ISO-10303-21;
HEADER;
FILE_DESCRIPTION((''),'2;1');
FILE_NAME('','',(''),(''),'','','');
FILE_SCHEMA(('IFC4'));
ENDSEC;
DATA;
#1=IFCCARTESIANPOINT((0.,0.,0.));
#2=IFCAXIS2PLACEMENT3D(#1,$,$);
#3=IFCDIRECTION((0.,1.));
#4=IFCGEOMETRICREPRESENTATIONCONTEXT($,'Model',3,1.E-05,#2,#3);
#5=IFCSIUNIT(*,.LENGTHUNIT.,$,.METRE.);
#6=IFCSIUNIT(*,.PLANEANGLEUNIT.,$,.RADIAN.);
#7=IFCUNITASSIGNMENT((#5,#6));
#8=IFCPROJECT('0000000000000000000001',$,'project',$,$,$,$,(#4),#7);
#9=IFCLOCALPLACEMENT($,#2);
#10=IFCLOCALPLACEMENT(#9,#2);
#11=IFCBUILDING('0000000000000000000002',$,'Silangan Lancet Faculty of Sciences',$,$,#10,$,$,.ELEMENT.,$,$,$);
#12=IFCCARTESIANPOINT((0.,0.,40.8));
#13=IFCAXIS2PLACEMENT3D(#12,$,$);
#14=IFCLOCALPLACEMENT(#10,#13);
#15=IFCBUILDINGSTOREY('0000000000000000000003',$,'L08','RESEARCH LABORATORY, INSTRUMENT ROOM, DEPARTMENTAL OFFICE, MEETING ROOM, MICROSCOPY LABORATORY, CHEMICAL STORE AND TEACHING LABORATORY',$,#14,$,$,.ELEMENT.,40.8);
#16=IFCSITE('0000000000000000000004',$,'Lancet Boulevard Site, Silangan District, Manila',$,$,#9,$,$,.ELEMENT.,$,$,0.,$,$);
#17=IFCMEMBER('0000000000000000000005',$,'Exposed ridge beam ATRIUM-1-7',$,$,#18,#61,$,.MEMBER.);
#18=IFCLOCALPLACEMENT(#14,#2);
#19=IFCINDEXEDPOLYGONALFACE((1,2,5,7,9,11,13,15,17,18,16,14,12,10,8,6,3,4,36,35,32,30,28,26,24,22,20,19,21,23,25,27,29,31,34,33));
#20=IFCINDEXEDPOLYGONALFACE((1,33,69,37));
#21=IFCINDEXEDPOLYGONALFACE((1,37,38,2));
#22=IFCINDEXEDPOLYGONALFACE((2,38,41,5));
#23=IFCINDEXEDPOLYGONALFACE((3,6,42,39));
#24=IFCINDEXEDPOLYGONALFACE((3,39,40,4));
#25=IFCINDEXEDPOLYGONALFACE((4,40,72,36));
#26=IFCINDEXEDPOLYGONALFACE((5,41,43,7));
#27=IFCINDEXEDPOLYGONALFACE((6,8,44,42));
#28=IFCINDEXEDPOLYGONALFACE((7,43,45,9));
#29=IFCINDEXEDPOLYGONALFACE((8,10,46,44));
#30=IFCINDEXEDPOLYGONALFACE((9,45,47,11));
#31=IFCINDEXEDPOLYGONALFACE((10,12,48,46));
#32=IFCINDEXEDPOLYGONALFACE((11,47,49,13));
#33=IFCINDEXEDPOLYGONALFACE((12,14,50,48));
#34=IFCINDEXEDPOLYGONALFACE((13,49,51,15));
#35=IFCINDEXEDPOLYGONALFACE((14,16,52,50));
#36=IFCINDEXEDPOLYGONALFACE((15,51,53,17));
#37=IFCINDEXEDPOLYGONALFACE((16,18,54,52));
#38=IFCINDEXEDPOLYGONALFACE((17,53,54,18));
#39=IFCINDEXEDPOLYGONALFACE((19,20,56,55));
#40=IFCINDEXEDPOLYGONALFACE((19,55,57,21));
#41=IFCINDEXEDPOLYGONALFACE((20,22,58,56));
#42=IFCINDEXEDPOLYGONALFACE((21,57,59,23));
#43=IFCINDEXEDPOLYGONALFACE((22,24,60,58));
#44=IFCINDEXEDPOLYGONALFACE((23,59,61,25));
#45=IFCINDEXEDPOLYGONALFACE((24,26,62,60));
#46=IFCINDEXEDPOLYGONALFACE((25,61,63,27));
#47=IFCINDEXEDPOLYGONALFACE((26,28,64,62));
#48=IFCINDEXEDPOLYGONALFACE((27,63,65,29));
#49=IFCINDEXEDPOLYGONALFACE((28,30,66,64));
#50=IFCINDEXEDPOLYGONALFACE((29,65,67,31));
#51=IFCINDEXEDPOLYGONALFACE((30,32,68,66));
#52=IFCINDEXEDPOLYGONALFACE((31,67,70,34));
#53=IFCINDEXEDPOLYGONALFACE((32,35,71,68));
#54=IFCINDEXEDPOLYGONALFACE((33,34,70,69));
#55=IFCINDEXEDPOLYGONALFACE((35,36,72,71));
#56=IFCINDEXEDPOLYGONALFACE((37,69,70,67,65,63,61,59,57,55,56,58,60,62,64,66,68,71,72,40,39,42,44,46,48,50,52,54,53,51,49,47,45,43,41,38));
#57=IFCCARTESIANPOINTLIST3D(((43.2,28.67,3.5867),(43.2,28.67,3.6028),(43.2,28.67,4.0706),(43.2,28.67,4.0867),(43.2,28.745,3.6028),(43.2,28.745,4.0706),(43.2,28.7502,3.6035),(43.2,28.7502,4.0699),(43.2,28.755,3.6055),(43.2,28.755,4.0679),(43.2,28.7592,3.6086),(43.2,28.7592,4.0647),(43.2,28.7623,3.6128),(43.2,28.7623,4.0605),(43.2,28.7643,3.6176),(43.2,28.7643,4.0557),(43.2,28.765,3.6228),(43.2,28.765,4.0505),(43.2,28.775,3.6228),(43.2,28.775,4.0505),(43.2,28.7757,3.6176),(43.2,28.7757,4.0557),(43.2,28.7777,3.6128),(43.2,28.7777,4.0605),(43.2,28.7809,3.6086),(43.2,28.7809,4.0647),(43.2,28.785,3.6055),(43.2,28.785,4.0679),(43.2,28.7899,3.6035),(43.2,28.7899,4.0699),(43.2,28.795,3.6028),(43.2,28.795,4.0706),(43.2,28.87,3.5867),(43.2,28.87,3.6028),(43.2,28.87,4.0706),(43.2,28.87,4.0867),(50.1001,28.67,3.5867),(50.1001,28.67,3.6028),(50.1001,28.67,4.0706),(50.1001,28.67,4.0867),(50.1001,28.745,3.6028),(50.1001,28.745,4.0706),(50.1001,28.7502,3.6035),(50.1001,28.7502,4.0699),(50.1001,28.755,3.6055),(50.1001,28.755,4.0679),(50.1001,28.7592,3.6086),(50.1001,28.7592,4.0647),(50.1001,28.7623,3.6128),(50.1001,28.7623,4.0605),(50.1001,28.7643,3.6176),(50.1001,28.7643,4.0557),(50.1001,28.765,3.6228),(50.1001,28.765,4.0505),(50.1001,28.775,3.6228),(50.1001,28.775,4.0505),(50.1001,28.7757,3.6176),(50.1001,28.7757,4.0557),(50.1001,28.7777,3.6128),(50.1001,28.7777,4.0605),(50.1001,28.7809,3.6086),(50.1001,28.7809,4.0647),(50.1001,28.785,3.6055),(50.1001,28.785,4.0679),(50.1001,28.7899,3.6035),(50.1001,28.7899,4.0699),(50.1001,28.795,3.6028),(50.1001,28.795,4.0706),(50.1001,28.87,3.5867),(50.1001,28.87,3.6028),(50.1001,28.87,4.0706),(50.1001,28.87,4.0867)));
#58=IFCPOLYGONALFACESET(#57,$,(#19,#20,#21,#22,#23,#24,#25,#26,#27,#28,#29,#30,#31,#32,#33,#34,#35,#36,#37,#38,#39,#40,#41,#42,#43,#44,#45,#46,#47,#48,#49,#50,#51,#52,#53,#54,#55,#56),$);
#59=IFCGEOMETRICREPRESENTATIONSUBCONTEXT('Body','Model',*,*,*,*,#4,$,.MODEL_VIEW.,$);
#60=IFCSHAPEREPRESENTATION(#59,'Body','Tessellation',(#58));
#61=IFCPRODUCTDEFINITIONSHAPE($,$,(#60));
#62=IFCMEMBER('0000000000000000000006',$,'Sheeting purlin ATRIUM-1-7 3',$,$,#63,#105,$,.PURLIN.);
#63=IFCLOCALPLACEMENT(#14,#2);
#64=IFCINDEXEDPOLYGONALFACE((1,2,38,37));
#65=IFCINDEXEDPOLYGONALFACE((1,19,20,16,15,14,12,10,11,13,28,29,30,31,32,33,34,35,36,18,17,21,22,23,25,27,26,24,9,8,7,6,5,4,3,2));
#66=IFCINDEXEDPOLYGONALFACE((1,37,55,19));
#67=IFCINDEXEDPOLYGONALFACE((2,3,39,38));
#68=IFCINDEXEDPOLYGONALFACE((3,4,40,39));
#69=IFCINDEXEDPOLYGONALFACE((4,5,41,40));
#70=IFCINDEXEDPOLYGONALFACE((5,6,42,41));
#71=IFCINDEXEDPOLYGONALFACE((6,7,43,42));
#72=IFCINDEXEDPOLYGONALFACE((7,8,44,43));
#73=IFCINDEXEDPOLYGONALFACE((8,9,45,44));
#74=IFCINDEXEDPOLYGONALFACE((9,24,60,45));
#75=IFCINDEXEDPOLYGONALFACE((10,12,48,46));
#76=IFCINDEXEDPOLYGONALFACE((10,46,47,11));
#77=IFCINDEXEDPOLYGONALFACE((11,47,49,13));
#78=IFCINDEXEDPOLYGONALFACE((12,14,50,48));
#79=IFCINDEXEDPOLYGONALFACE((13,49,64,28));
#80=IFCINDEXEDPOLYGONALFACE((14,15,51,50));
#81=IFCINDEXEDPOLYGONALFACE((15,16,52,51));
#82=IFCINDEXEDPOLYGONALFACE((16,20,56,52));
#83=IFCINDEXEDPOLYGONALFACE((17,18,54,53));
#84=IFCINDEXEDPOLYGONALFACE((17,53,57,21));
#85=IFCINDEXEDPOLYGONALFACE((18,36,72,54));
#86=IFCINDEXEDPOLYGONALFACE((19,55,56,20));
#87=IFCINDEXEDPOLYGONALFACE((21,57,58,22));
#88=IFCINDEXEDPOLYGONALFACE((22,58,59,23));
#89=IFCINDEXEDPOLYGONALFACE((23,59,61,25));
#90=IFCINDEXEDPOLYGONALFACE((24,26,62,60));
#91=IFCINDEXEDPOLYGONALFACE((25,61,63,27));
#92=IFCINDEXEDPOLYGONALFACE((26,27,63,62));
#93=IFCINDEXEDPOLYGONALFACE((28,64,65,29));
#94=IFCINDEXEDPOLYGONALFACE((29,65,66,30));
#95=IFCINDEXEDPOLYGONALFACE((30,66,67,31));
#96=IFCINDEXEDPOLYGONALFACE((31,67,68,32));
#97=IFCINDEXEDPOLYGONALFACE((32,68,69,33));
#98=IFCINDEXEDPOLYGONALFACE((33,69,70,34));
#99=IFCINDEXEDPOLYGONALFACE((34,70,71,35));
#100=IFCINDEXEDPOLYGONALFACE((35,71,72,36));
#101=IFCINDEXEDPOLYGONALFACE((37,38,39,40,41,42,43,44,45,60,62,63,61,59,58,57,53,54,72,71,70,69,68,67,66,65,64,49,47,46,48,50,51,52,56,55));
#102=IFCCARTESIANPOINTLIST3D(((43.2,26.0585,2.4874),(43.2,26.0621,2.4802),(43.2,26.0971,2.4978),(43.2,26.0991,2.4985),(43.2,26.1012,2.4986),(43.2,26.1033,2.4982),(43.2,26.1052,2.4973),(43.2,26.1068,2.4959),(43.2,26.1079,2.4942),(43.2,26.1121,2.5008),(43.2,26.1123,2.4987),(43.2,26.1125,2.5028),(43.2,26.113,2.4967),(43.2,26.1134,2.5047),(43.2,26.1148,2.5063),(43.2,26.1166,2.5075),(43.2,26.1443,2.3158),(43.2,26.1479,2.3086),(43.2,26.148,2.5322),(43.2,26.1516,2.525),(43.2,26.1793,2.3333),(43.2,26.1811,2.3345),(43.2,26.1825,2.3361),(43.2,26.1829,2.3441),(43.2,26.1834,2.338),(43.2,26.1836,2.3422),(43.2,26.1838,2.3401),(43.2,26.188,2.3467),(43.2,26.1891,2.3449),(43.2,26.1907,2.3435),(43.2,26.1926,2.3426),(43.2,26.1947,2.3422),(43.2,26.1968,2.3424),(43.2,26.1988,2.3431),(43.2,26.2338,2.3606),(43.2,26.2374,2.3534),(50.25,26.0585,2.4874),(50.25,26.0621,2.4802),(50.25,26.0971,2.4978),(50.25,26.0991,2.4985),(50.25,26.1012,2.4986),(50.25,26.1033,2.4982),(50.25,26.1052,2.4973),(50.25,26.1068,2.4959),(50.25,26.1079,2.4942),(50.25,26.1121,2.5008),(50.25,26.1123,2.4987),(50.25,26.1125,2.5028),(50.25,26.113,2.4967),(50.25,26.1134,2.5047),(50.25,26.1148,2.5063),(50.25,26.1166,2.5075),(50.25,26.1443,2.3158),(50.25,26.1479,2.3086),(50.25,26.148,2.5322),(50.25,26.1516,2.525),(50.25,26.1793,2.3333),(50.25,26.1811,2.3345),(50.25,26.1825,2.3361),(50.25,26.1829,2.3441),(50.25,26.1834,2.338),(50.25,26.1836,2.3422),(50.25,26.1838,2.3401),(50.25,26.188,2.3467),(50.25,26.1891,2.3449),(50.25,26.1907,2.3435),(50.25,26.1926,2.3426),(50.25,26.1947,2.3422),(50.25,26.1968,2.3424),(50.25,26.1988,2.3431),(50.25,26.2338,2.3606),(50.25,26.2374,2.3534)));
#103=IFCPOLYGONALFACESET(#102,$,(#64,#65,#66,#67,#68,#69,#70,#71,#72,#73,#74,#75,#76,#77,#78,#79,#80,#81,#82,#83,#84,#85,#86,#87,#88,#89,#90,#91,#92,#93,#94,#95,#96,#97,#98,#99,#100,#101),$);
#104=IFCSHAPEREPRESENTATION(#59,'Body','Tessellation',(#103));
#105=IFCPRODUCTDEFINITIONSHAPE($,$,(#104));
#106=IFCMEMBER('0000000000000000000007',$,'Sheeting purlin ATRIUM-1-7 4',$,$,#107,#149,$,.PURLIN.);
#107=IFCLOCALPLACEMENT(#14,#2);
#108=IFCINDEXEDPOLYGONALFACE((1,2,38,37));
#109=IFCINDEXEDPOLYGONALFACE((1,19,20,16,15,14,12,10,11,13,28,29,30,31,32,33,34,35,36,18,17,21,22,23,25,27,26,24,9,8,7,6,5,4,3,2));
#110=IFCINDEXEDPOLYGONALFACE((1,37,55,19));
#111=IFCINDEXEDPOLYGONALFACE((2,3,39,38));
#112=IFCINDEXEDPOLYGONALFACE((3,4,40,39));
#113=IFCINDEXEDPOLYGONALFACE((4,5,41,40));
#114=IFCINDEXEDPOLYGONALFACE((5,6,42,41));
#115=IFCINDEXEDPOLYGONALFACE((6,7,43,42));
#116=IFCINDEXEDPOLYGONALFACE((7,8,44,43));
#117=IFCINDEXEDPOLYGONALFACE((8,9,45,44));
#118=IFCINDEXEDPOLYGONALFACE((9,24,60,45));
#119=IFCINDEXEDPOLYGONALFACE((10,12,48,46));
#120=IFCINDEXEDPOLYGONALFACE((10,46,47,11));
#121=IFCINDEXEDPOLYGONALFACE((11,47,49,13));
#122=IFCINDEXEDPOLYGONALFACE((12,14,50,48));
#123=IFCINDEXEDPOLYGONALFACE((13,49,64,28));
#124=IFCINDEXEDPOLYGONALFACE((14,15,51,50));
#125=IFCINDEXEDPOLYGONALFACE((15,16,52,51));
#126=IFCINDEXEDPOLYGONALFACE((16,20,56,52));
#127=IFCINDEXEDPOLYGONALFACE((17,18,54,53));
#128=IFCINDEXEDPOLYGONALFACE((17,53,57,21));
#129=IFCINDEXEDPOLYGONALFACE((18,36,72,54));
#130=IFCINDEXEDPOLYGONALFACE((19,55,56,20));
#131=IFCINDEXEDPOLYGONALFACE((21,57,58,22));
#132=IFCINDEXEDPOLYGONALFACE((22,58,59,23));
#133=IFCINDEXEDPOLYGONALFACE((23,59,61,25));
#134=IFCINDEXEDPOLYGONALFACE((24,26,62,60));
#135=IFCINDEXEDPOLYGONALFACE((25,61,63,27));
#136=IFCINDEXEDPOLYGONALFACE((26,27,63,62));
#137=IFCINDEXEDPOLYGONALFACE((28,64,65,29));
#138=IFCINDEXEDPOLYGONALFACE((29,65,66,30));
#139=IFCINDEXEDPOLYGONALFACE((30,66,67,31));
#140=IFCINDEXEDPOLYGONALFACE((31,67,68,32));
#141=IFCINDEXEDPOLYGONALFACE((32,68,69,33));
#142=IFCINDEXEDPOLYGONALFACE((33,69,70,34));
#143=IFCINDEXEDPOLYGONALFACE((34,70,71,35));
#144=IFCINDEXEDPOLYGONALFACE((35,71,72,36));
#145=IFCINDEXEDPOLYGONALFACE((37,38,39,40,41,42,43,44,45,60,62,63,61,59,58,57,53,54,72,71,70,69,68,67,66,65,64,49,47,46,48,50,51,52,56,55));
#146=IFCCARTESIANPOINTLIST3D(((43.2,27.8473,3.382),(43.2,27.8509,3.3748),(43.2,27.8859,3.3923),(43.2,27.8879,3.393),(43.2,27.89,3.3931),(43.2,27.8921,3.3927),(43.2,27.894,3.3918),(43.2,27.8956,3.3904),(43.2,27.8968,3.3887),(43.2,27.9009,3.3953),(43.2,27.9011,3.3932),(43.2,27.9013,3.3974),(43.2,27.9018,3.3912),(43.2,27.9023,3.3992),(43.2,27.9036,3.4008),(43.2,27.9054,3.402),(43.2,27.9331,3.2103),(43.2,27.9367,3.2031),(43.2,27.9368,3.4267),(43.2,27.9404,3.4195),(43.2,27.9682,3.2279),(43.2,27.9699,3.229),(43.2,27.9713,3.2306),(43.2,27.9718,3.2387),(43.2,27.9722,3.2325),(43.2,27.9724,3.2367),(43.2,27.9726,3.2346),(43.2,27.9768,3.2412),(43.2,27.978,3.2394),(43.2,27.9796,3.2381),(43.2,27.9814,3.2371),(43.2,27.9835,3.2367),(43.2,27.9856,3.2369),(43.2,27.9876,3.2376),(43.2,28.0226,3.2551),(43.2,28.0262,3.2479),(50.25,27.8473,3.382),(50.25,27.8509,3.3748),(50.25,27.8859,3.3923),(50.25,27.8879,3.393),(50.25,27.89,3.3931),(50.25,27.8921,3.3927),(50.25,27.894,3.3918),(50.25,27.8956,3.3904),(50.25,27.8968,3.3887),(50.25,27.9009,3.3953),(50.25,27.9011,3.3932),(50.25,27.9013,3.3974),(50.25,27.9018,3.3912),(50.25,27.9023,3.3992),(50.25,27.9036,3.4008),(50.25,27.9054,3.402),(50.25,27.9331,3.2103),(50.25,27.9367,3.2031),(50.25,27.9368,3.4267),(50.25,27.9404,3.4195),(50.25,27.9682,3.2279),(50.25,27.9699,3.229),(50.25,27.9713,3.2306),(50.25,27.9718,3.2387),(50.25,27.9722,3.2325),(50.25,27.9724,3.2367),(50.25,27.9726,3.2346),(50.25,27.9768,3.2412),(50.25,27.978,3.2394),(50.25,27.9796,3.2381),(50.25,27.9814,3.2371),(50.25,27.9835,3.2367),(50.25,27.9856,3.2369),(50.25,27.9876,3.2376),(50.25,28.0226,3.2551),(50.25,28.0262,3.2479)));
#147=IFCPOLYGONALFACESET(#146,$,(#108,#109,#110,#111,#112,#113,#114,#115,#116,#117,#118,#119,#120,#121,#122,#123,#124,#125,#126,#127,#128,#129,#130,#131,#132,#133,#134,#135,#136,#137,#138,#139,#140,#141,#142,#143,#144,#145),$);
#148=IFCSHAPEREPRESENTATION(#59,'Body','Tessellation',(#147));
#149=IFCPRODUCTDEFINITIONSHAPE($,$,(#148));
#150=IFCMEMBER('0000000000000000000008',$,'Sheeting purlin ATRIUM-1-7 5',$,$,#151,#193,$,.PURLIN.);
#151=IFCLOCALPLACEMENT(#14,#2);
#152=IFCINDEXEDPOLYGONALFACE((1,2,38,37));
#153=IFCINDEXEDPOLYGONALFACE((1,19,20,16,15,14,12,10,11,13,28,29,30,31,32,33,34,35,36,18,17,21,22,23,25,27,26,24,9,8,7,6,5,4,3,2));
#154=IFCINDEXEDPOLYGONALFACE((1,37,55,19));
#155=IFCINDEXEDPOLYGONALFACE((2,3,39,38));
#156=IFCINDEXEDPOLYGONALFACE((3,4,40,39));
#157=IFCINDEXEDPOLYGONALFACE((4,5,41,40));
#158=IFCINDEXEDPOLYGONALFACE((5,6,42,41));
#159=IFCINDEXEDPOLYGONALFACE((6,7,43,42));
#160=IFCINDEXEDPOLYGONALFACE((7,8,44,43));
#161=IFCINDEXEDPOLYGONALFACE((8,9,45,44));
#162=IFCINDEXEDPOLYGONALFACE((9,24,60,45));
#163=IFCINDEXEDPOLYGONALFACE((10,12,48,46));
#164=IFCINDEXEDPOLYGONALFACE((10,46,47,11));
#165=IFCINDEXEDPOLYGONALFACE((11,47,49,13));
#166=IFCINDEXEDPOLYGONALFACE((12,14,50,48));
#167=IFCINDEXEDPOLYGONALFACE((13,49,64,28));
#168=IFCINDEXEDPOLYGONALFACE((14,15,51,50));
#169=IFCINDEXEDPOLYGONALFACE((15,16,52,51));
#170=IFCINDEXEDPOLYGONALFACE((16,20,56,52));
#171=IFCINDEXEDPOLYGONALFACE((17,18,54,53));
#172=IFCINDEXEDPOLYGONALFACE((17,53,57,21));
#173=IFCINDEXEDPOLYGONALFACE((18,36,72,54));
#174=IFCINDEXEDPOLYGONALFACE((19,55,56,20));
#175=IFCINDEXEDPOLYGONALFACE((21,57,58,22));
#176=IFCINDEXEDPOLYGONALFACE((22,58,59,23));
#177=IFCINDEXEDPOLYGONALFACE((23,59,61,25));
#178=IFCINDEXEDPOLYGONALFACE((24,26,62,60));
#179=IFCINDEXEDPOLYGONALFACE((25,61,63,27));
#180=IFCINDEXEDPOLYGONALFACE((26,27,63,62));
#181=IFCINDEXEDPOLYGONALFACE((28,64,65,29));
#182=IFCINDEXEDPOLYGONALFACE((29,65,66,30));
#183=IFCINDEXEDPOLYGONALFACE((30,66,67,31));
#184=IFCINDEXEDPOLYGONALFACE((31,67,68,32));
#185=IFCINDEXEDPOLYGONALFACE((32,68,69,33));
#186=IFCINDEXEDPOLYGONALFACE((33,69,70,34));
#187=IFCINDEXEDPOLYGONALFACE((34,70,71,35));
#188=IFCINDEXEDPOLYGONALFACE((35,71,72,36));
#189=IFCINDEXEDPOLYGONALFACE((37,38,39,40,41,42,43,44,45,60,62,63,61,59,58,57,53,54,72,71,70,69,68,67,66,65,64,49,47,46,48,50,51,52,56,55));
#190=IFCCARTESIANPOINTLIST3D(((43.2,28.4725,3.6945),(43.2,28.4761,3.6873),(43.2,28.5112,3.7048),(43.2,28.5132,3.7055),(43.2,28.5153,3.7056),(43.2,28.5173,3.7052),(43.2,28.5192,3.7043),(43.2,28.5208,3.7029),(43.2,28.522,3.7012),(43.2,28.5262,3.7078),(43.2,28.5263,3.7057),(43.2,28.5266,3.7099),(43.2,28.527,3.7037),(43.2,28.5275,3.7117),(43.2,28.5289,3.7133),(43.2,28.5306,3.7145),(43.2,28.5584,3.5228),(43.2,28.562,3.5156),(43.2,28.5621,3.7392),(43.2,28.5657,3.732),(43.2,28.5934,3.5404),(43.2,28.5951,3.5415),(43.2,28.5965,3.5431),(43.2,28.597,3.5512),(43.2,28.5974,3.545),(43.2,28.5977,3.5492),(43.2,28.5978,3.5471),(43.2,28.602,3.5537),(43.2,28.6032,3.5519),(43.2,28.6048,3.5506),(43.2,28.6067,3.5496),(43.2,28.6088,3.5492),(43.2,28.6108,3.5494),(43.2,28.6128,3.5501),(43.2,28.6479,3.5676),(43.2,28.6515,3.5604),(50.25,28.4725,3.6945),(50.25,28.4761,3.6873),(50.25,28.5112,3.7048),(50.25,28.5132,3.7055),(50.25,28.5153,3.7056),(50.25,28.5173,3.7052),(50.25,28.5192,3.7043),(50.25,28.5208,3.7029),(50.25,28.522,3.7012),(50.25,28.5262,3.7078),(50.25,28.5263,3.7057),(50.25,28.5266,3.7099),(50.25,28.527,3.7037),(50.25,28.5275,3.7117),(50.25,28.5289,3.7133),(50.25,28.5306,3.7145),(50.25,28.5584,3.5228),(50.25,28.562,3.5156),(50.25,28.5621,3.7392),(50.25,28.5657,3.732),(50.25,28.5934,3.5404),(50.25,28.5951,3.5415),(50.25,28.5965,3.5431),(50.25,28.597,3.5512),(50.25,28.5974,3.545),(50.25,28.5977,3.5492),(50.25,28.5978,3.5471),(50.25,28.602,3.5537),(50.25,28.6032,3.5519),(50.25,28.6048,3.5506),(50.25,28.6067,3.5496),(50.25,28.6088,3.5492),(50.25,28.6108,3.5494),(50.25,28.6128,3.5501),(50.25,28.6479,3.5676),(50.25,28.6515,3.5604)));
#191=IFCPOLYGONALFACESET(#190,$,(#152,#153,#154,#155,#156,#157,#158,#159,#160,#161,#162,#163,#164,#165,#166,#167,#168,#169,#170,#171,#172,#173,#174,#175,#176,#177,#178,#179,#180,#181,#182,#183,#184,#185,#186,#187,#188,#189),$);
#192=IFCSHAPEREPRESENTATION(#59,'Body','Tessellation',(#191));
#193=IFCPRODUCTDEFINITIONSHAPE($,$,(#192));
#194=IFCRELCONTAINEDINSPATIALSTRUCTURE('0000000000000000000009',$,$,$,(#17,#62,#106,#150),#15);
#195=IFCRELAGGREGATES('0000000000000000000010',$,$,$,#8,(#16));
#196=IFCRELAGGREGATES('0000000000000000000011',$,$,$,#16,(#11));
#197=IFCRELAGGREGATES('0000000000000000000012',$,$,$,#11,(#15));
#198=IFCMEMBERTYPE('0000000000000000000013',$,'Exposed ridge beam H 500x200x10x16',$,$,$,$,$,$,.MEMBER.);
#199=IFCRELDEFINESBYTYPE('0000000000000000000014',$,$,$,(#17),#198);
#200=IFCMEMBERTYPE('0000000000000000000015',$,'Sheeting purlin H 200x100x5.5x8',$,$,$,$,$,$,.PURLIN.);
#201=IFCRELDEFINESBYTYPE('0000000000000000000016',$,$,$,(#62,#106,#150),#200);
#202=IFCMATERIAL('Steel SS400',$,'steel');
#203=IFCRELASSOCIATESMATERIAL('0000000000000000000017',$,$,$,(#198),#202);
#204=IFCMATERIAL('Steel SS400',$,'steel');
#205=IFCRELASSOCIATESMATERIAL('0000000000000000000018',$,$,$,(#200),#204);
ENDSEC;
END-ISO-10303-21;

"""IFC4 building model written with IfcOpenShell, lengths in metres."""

from ifc_helpers import new_model, si_unit, direction, frame, origin, origin_2d, place, context, subcontext, project, spatial, i_section, extrude, material, material_profile, profile_set, type_object, element, save


model = new_model("IFC4")

# Units and contexts
model_context = context("Model", 3, precision=1e-05, world=origin(), true_north=direction((0.0, 1.0)))
body_context = subcontext(model_context, "Body", "Model", "MODEL_VIEW")
ifc_project = project(units=[si_unit("LENGTHUNIT", "METRE"), si_unit("PLANEANGLEUNIT", "RADIAN")], contexts=[model_context])

# Site, building, storey
site_placement = place(None, origin())
site = spatial("IfcSite", under=ifc_project, at=site_placement, Name="Lancet Boulevard Site, Silangan District, Manila", CompositionType="ELEMENT", RefElevation=0.0)
building_placement = place(site_placement, origin())
building = spatial("IfcBuilding", under=site, at=building_placement, Name="Silangan Lancet Faculty of Sciences", CompositionType="ELEMENT")
storey_placement = place(building_placement, frame((0.0, 0.0, 40.8)))
storey = spatial("IfcBuildingStorey", under=building, at=storey_placement, Name="L08", Description="RESEARCH LABORATORY, INSTRUMENT ROOM, DEPARTMENTAL OFFICE, MEETING ROOM, MICROSCOPY LABORATORY, CHEMICAL STORE AND TEACHING LABORATORY", CompositionType="ELEMENT", Elevation=40.8)

# Members
ifc_material_1 = material(Name="Steel SS400", Category="steel")
ifc_material_profile_1 = material_profile(ifc_material_1, i_section(OverallWidth=0.2, OverallDepth=0.5, WebThickness=0.01, FlangeThickness=0.0161, FilletRadius=0.02, at=origin_2d()), Name="H 500x200x10x16")
ifc_profile_set_1 = profile_set([ifc_material_profile_1], Name="Steel SS400")
member_type_1 = type_object("IfcMemberType", Name="Exposed ridge beam H 500x200x10x16", PredefinedType="MEMBER", material=ifc_profile_set_1)
member_1_placement = place(storey_placement, frame((43.2, 28.77, 3.8367), z_axis=(1.0, 0.0, 0.0), x_axis=(0.0, 1.0, 0.0)))
element("IfcMember", 1, at=member_1_placement, inside=storey, type_object=member_type_1, Name="Exposed ridge beam ATRIUM-1-7", PredefinedType="MEMBER", context=body_context, shape_type="SweptSolid", body=[
    extrude(i_section(OverallWidth=0.2, OverallDepth=0.5, WebThickness=0.01, FlangeThickness=0.0161, FilletRadius=0.02, at=origin_2d()), origin(), (0.0, 0.0, 1.0), 6.9001),
])
ifc_material_2 = material(Name="Steel SS400", Category="steel")
ifc_material_profile_2 = material_profile(ifc_material_2, i_section(OverallWidth=0.1001, OverallDepth=0.2, WebThickness=0.0056, FlangeThickness=0.0081, FilletRadius=0.0081, at=origin_2d()), Name="H 200x100x5.5x8")
ifc_profile_set_2 = profile_set([ifc_material_profile_2], Name="Steel SS400")
member_type_2 = type_object("IfcMemberType", Name="Sheeting purlin H 200x100x5.5x8", PredefinedType="PURLIN", material=ifc_profile_set_2)
for number, where, z_axis, x_axis, name in (
    (2, (43.2, 26.1479, 2.4204), (1.0, 0.0, 0.0), (0.0, 0.894427, 0.447214), "Sheeting purlin ATRIUM-1-7 3"),
    (3, (43.2, 27.9368, 3.3149), (1.0, 0.0, 0.0), (0.0, 0.894427, 0.447214), "Sheeting purlin ATRIUM-1-7 4"),
    (4, (43.2, 28.562, 3.6274), (1.0, 0.0, 0.0), (0.0, 0.894427, 0.447214), "Sheeting purlin ATRIUM-1-7 5"),
):
    element("IfcMember", number, at=place(storey_placement, frame(where, z_axis=z_axis, x_axis=x_axis)), inside=storey, type_object=member_type_2, Name=name, PredefinedType="PURLIN", context=body_context, shape_type="SweptSolid", body=[
        extrude(i_section(OverallWidth=0.1001, OverallDepth=0.2, WebThickness=0.0056, FlangeThickness=0.0081, FilletRadius=0.0081, at=origin_2d()), origin(), (0.0, 0.0, 1.0), 7.05),
    ])

save(model, "model.ifc")
